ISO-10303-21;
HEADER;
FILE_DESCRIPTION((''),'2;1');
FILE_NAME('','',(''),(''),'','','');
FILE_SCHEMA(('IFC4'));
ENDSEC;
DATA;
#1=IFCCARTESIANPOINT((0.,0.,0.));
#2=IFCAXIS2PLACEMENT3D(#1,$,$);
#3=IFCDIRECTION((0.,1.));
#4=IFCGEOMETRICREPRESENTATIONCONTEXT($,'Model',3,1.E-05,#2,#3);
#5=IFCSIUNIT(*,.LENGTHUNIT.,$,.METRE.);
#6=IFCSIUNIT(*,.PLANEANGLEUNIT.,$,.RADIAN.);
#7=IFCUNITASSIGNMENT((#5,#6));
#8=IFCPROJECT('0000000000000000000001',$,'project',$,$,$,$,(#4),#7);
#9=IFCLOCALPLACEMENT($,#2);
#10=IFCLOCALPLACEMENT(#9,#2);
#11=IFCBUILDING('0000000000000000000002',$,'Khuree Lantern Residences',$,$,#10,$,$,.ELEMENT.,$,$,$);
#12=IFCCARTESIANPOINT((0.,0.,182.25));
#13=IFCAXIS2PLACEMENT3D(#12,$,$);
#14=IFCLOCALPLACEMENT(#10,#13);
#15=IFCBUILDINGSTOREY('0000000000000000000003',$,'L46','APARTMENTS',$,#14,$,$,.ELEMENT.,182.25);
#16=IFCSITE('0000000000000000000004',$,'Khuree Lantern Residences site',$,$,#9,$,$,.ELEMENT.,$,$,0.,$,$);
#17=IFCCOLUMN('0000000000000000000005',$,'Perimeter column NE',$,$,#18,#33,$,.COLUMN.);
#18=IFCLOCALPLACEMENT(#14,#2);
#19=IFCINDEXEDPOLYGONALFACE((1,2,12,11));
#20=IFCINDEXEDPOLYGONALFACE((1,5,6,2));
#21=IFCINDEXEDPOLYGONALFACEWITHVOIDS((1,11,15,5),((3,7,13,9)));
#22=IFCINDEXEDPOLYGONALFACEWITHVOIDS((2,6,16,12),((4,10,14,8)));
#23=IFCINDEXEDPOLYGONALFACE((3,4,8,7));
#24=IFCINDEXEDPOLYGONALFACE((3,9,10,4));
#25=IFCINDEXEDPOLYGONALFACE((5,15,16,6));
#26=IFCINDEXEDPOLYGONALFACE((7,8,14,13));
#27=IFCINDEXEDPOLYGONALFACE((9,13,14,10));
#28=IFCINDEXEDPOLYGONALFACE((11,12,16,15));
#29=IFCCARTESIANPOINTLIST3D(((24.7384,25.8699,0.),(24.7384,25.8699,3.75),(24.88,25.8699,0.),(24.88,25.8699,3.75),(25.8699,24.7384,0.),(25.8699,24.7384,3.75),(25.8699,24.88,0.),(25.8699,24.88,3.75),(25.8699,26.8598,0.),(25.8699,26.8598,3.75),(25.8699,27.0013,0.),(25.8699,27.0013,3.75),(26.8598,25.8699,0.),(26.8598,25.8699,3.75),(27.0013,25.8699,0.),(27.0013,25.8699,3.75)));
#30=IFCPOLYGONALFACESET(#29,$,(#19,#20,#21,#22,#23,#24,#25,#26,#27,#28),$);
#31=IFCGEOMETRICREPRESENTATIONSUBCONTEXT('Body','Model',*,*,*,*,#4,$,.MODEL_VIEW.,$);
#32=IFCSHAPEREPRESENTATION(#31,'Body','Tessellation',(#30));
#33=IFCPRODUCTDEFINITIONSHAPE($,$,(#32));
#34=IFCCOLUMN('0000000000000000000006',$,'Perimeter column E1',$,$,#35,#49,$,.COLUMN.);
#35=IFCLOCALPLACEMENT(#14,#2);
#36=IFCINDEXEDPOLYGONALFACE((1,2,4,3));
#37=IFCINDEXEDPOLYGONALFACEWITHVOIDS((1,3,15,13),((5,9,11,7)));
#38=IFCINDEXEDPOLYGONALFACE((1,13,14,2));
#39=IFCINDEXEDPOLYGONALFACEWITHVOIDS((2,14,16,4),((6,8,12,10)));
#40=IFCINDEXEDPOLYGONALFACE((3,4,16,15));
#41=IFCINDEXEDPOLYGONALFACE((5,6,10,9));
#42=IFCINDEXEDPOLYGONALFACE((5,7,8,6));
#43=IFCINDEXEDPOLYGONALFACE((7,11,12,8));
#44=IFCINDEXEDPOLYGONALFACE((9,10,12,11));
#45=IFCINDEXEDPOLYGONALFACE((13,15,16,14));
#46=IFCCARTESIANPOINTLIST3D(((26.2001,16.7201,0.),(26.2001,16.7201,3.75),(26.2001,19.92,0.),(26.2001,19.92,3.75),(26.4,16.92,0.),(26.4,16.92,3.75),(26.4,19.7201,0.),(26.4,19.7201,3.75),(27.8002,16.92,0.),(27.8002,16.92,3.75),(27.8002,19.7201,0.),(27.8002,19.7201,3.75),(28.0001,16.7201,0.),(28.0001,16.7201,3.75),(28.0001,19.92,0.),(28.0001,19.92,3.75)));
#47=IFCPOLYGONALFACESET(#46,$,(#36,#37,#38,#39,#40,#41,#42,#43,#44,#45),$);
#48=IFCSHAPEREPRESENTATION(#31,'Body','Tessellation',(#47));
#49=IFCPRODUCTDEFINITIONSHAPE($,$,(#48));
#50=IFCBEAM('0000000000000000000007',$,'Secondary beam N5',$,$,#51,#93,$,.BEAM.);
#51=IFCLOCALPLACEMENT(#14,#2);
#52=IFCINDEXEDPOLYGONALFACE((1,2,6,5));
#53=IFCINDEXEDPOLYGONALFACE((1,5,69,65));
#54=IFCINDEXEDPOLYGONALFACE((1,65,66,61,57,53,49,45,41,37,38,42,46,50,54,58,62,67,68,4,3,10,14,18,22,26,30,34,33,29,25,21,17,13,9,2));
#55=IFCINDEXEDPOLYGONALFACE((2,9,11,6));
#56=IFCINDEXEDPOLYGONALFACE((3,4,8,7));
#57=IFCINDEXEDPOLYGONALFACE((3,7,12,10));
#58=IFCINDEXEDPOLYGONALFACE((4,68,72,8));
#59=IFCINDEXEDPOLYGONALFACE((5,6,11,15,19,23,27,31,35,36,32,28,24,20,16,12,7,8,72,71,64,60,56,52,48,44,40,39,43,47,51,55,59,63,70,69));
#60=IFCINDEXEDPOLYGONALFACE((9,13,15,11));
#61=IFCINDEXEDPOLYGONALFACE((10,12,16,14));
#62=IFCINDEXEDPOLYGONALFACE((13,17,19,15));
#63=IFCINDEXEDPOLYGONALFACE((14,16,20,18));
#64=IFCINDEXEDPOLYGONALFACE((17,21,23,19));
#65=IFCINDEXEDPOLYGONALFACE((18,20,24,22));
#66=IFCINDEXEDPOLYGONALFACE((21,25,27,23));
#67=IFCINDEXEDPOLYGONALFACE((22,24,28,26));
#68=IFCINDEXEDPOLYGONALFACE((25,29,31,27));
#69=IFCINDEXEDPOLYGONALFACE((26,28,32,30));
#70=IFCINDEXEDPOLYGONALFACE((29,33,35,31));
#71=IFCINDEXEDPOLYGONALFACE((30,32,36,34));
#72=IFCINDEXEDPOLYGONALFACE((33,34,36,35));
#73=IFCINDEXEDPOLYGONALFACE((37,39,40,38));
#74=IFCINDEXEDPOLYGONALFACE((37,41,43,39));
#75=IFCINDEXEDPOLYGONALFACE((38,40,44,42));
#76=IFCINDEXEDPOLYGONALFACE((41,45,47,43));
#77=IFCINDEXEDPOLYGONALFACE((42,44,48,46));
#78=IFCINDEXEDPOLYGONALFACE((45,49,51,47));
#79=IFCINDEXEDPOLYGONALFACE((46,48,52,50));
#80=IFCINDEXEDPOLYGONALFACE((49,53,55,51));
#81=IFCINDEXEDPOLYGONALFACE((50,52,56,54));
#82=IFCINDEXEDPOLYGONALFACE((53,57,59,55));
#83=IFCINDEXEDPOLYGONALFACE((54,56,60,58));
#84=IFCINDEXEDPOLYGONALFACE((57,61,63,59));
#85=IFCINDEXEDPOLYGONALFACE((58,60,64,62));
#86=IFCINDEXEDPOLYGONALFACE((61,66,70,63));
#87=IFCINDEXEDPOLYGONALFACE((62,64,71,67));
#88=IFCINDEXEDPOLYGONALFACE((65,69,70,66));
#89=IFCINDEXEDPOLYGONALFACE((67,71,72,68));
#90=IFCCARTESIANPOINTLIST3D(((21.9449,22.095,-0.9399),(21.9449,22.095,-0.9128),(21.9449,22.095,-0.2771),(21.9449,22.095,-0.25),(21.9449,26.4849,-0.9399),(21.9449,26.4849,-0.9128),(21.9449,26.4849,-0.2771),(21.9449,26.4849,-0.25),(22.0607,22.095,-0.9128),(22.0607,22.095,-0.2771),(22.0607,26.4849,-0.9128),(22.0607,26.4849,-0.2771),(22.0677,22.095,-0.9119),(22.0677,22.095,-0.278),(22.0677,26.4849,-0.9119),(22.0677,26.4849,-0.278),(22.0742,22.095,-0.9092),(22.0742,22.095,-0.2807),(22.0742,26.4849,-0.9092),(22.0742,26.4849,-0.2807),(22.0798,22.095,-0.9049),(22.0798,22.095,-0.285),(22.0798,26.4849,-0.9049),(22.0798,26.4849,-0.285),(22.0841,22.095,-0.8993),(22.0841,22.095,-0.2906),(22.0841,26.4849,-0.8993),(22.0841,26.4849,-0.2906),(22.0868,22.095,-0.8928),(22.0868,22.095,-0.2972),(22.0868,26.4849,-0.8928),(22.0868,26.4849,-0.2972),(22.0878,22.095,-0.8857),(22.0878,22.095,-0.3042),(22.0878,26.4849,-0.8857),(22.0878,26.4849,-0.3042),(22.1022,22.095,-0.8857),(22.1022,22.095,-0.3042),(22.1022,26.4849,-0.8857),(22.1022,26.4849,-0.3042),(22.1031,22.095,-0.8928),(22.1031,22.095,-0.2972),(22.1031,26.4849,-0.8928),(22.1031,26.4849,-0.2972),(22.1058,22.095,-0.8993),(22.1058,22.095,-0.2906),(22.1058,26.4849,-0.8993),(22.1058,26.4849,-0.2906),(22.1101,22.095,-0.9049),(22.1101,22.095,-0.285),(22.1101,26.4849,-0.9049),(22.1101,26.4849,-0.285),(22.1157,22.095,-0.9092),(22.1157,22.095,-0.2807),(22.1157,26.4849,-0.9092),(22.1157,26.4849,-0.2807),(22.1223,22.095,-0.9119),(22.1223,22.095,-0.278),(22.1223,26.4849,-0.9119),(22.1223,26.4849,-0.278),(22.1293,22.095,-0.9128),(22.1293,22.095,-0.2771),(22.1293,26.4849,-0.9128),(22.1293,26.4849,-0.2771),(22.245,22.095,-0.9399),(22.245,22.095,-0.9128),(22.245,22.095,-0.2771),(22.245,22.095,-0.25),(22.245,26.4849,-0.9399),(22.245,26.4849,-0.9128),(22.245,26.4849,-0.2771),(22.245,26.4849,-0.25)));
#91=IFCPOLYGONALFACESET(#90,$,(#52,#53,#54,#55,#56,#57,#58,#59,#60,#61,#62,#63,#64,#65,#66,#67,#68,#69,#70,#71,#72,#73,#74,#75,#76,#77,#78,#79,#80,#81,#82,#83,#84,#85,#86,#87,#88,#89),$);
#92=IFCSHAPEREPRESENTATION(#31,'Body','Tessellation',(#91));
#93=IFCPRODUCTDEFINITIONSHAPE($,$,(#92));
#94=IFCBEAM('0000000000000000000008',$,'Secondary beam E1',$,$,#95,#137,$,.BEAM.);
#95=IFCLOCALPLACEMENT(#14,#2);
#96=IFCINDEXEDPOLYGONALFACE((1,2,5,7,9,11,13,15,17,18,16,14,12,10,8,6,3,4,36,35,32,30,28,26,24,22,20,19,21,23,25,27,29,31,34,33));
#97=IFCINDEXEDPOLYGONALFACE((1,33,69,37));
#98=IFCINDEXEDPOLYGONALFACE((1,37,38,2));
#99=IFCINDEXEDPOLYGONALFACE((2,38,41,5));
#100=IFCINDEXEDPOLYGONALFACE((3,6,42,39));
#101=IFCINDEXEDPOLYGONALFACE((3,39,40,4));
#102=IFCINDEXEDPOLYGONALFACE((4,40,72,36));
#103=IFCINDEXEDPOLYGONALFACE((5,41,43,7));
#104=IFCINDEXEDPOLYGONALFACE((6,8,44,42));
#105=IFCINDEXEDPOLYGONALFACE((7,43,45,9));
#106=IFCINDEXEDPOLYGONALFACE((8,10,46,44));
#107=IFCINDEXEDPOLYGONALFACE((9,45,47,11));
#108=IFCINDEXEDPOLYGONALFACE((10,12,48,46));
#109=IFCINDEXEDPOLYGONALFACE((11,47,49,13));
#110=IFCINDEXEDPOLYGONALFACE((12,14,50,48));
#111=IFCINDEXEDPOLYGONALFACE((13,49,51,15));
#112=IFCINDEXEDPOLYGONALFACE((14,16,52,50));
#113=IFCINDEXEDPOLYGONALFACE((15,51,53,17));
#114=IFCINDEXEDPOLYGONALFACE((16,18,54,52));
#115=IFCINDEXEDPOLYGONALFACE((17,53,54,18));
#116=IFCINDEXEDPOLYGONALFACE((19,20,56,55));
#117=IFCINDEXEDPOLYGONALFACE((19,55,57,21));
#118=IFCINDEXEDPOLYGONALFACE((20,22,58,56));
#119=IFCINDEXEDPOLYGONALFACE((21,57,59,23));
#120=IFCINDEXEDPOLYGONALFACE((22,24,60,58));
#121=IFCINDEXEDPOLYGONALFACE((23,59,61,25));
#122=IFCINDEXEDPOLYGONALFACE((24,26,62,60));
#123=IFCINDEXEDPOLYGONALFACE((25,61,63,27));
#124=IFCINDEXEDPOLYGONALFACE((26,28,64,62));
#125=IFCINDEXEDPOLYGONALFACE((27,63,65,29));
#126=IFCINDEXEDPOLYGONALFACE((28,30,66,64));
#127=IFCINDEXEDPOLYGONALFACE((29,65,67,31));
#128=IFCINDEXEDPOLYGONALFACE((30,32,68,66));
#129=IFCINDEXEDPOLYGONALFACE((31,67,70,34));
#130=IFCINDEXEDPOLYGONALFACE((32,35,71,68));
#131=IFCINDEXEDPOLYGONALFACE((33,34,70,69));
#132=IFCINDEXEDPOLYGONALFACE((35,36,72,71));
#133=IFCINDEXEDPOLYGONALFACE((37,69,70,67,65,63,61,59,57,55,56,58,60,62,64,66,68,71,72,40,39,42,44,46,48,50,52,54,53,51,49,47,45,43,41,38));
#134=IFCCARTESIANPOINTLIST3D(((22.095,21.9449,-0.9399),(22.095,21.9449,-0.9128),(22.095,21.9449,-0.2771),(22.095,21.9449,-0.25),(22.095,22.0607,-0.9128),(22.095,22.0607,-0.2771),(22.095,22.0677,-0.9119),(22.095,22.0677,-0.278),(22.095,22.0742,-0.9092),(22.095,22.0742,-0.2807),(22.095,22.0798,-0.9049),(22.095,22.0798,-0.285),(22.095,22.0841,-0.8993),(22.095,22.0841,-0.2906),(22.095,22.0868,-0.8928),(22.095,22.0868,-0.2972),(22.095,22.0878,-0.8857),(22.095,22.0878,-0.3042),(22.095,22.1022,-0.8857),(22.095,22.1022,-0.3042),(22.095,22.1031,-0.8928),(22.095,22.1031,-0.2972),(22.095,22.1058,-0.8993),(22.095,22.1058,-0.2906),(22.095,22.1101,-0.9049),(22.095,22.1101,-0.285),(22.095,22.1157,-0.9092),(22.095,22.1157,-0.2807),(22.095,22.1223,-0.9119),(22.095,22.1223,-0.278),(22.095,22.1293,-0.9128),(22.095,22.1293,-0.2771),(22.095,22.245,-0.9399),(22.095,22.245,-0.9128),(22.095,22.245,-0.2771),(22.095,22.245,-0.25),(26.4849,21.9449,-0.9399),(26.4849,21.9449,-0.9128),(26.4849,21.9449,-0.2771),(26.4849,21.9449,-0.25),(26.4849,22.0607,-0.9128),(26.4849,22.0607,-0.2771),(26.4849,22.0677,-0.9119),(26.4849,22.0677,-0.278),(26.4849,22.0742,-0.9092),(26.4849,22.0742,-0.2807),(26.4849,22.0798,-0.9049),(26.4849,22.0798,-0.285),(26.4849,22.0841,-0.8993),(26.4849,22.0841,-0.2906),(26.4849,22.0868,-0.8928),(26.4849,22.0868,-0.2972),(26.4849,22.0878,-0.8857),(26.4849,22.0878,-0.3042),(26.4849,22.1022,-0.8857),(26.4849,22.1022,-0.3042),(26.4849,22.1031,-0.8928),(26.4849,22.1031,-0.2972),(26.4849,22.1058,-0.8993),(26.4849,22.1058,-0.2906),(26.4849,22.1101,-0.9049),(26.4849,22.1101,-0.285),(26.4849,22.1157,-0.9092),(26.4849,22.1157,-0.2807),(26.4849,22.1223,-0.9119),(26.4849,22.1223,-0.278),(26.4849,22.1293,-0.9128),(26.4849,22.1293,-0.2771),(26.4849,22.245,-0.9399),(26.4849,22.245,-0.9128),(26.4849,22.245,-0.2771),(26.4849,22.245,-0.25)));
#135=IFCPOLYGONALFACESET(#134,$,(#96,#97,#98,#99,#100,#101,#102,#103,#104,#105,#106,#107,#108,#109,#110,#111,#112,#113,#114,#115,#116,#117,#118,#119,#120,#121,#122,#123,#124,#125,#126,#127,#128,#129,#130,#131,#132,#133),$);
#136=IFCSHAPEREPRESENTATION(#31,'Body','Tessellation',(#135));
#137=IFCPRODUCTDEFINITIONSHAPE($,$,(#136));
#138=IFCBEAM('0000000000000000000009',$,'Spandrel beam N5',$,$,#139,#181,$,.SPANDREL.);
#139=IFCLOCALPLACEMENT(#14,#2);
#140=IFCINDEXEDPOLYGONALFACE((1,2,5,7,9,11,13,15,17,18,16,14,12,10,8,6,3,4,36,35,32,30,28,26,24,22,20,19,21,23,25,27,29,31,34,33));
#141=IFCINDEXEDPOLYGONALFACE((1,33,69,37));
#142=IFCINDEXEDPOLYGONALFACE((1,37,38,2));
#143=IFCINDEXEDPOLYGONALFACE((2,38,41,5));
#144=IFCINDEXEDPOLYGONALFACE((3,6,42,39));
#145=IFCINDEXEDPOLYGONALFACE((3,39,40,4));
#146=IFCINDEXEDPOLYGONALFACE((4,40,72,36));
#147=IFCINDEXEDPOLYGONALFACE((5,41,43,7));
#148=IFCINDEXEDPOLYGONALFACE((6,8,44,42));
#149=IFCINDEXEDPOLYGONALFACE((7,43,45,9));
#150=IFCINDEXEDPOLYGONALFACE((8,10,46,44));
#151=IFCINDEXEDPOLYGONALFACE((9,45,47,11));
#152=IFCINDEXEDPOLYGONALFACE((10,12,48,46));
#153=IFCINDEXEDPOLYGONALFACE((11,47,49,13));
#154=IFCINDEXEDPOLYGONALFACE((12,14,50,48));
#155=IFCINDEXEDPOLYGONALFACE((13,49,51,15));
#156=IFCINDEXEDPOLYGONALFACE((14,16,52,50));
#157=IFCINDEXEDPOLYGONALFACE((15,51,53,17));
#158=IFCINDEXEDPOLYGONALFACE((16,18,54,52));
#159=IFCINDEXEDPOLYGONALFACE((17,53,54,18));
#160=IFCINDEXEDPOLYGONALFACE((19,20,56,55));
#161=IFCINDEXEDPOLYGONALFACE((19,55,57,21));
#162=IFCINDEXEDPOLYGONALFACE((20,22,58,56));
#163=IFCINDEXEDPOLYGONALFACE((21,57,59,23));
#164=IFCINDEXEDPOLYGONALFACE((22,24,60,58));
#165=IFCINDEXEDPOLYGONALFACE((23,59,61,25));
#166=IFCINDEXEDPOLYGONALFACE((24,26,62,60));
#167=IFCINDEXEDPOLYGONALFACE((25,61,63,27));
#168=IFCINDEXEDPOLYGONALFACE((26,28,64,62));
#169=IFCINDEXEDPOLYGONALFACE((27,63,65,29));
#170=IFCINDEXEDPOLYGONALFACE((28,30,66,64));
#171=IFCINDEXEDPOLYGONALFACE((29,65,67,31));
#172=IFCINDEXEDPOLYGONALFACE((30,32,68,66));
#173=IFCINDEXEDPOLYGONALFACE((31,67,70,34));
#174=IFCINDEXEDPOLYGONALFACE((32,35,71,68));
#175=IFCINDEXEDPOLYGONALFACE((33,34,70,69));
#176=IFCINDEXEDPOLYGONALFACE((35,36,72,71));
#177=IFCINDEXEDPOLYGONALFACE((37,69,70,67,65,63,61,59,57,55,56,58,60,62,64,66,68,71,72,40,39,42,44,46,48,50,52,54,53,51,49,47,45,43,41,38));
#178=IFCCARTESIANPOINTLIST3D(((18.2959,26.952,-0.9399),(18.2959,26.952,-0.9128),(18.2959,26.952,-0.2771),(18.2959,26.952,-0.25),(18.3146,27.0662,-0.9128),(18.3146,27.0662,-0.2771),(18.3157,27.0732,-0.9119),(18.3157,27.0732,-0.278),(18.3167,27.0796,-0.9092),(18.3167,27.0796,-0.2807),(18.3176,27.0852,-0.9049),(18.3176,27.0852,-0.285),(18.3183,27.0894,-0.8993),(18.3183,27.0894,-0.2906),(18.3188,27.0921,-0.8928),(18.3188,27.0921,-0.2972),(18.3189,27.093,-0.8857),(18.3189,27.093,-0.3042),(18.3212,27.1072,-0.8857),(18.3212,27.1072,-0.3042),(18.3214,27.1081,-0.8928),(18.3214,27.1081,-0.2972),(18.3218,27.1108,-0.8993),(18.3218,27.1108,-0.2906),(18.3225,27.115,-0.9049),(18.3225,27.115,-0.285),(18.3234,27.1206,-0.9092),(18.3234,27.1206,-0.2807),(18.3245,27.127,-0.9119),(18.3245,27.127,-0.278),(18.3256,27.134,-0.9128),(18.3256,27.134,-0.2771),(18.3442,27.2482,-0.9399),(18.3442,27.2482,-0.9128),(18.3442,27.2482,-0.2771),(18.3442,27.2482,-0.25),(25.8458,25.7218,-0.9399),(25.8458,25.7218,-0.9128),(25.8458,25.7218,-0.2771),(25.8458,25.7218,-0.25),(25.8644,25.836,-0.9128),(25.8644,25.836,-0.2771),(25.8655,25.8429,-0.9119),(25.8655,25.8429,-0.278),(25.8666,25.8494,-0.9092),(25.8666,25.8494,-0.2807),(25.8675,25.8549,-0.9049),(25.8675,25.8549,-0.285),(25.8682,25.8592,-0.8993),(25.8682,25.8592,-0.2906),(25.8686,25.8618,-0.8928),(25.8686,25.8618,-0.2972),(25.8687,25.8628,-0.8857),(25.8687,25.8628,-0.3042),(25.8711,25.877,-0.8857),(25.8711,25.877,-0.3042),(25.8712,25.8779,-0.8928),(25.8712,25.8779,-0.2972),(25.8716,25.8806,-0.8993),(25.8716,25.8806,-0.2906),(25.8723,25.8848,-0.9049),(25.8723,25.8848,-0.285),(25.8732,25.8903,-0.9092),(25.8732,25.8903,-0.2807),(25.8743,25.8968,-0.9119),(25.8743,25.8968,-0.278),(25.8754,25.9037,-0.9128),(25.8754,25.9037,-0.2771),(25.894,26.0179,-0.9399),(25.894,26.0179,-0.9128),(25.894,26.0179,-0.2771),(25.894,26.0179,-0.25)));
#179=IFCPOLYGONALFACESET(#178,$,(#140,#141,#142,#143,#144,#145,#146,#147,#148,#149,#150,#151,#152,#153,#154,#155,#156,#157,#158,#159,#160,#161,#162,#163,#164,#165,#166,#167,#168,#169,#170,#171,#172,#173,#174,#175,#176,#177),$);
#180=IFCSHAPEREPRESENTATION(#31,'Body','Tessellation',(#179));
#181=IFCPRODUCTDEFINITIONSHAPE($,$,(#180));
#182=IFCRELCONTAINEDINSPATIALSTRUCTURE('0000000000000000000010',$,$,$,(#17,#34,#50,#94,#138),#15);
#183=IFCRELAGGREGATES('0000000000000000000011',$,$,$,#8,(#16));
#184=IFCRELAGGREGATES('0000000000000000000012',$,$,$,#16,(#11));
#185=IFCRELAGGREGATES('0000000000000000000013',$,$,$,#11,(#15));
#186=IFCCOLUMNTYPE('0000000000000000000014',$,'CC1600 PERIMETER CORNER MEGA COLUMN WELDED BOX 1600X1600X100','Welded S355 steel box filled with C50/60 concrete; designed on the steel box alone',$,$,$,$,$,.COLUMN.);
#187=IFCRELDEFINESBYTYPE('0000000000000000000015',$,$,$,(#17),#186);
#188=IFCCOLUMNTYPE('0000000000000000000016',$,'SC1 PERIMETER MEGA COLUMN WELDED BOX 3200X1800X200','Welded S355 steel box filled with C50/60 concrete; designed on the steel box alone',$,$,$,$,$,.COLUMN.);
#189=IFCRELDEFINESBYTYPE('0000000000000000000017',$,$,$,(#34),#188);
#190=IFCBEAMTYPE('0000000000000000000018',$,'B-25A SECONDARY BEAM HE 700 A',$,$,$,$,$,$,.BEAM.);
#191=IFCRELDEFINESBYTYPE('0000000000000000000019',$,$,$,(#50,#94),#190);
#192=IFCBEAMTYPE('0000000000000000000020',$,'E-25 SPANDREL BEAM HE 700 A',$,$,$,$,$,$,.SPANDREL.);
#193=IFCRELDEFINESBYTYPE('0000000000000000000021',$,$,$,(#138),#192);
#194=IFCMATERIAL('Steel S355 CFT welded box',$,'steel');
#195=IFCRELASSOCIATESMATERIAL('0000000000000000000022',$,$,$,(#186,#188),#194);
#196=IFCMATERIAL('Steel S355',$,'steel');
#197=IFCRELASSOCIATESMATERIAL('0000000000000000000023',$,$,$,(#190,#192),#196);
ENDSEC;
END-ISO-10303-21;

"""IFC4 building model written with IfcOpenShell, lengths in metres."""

from ifc_helpers import new_model, si_unit, direction, frame, origin, origin_2d, place, context, subcontext, project, spatial, hollow_rectangle, i_section, extrude, material, material_profile, profile_set, type_object, element, save


model = new_model("IFC4")

# Units and contexts
model_context = context("Model", 3, precision=1e-05, world=origin(), true_north=direction((0.0, 1.0)))
body_context = subcontext(model_context, "Body", "Model", "MODEL_VIEW")
ifc_project = project(units=[si_unit("LENGTHUNIT", "METRE"), si_unit("PLANEANGLEUNIT", "RADIAN")], contexts=[model_context])

# Site, building, storey
site_placement = place(None, origin())
site = spatial("IfcSite", under=ifc_project, at=site_placement, Name="Khuree Lantern Residences site", CompositionType="ELEMENT", RefElevation=0.0)
building_placement = place(site_placement, origin())
building = spatial("IfcBuilding", under=site, at=building_placement, Name="Khuree Lantern Residences", CompositionType="ELEMENT")
storey_placement = place(building_placement, frame((0.0, 0.0, 182.25)))
storey = spatial("IfcBuildingStorey", under=building, at=storey_placement, Name="L46", Description="APARTMENTS", CompositionType="ELEMENT", Elevation=182.25)

# Columns
ifc_material_1 = material(Name="Steel S355 CFT welded box", Category="steel")
ifc_material_profile_1 = material_profile(ifc_material_1, hollow_rectangle(XDim=1.6001, YDim=1.6001, WallThickness=0.1001, at=origin_2d()), Name="WELDED BOX 1600X1600X100")
ifc_profile_set_1 = profile_set([ifc_material_profile_1], Name="Steel S355 CFT welded box")
column_type_1 = type_object("IfcColumnType", Name="CC1600 PERIMETER CORNER MEGA COLUMN WELDED BOX 1600X1600X100", Description="Welded S355 steel box filled with C50/60 concrete; designed on the steel box alone", PredefinedType="COLUMN", material=ifc_profile_set_1)
column_1_placement = place(storey_placement, frame((25.8699, 25.8699, 0.0), z_axis=(0.0, 0.0, 1.0), x_axis=(0.707107, -0.707107, 0.0)))
element("IfcColumn", 1, at=column_1_placement, inside=storey, type_object=column_type_1, Name="Perimeter column NE", PredefinedType="COLUMN", context=body_context, shape_type="SweptSolid", body=[
    extrude(hollow_rectangle(XDim=1.6001, YDim=1.6001, WallThickness=0.1001, at=origin_2d()), origin(), (0.0, 0.0, 1.0), 3.75),
])
ifc_material_profile_2 = material_profile(ifc_material_1, hollow_rectangle(XDim=3.2, YDim=1.8, WallThickness=0.2, at=origin_2d()), Name="WELDED BOX 3200X1800X200")
ifc_profile_set_2 = profile_set([ifc_material_profile_2], Name="Steel S355 CFT welded box")
column_type_2 = type_object("IfcColumnType", Name="SC1 PERIMETER MEGA COLUMN WELDED BOX 3200X1800X200", Description="Welded S355 steel box filled with C50/60 concrete; designed on the steel box alone", PredefinedType="COLUMN", material=ifc_profile_set_2)
column_2_placement = place(storey_placement, frame((27.1001, 18.3201, 0.0), z_axis=(0.0, 0.0, 1.0), x_axis=(0.0, 1.0, 0.0)))
element("IfcColumn", 2, at=column_2_placement, inside=storey, type_object=column_type_2, Name="Perimeter column E1", PredefinedType="COLUMN", context=body_context, shape_type="SweptSolid", body=[
    extrude(hollow_rectangle(XDim=3.2, YDim=1.8, WallThickness=0.2, at=origin_2d()), origin(), (0.0, 0.0, 1.0), 3.75),
])

# Beams
ifc_material_2 = material(Name="Steel S355", Category="steel")
ifc_material_profile_3 = material_profile(ifc_material_2, i_section(OverallWidth=0.3, OverallDepth=0.6899, WebThickness=0.0144, FlangeThickness=0.0271, FilletRadius=0.0271, at=origin_2d()), Name="HE 700 A")
ifc_profile_set_3 = profile_set([ifc_material_profile_3], Name="Steel S355")
beam_type_1 = type_object("IfcBeamType", Name="B-25A SECONDARY BEAM HE 700 A", PredefinedType="BEAM", material=ifc_profile_set_3)
for number, where, z_axis, x_axis, name in (
    (3, (22.095, 26.4849, -0.595), (0.0, -1.0, 0.0), (1.0, 0.0, 0.0), "Secondary beam N5"),
    (4, (26.4849, 22.095, -0.595), (-1.0, 0.0, 0.0), (0.0, -1.0, 0.0), "Secondary beam E1"),
):
    element("IfcBeam", number, at=place(storey_placement, frame(where, z_axis=z_axis, x_axis=x_axis)), inside=storey, type_object=beam_type_1, Name=name, PredefinedType="BEAM", context=body_context, shape_type="SweptSolid", body=[
        extrude(i_section(OverallWidth=0.3, OverallDepth=0.6899, WebThickness=0.0144, FlangeThickness=0.0271, FilletRadius=0.0271, at=origin_2d()), origin(), (0.0, 0.0, 1.0), 4.3899),
    ])
ifc_material_profile_4 = material_profile(ifc_material_2, i_section(OverallWidth=0.3, OverallDepth=0.6899, WebThickness=0.0144, FlangeThickness=0.0271, FilletRadius=0.0271, at=origin_2d()), Name="HE 700 A")
ifc_profile_set_4 = profile_set([ifc_material_profile_4], Name="Steel S355")
beam_type_2 = type_object("IfcBeamType", Name="E-25 SPANDREL BEAM HE 700 A", PredefinedType="SPANDREL", material=ifc_profile_set_4)
for number, where, z_axis, x_axis, name in (
    (5, (18.3201, 27.1001, -0.595), (0.986983, -0.160827, 0.0), (0.160827, 0.986983, 0.0), "Spandrel beam N5"),
):
    element("IfcBeam", number, at=place(storey_placement, frame(where, z_axis=z_axis, x_axis=x_axis)), inside=storey, type_object=beam_type_2, Name=name, PredefinedType="SPANDREL", context=body_context, shape_type="SweptSolid", body=[
        extrude(i_section(OverallWidth=0.3, OverallDepth=0.6899, WebThickness=0.0144, FlangeThickness=0.0271, FilletRadius=0.0271, at=origin_2d()), origin(), (0.0, 0.0, 1.0), 7.6494),
    ])

save(model, "model.ifc")
